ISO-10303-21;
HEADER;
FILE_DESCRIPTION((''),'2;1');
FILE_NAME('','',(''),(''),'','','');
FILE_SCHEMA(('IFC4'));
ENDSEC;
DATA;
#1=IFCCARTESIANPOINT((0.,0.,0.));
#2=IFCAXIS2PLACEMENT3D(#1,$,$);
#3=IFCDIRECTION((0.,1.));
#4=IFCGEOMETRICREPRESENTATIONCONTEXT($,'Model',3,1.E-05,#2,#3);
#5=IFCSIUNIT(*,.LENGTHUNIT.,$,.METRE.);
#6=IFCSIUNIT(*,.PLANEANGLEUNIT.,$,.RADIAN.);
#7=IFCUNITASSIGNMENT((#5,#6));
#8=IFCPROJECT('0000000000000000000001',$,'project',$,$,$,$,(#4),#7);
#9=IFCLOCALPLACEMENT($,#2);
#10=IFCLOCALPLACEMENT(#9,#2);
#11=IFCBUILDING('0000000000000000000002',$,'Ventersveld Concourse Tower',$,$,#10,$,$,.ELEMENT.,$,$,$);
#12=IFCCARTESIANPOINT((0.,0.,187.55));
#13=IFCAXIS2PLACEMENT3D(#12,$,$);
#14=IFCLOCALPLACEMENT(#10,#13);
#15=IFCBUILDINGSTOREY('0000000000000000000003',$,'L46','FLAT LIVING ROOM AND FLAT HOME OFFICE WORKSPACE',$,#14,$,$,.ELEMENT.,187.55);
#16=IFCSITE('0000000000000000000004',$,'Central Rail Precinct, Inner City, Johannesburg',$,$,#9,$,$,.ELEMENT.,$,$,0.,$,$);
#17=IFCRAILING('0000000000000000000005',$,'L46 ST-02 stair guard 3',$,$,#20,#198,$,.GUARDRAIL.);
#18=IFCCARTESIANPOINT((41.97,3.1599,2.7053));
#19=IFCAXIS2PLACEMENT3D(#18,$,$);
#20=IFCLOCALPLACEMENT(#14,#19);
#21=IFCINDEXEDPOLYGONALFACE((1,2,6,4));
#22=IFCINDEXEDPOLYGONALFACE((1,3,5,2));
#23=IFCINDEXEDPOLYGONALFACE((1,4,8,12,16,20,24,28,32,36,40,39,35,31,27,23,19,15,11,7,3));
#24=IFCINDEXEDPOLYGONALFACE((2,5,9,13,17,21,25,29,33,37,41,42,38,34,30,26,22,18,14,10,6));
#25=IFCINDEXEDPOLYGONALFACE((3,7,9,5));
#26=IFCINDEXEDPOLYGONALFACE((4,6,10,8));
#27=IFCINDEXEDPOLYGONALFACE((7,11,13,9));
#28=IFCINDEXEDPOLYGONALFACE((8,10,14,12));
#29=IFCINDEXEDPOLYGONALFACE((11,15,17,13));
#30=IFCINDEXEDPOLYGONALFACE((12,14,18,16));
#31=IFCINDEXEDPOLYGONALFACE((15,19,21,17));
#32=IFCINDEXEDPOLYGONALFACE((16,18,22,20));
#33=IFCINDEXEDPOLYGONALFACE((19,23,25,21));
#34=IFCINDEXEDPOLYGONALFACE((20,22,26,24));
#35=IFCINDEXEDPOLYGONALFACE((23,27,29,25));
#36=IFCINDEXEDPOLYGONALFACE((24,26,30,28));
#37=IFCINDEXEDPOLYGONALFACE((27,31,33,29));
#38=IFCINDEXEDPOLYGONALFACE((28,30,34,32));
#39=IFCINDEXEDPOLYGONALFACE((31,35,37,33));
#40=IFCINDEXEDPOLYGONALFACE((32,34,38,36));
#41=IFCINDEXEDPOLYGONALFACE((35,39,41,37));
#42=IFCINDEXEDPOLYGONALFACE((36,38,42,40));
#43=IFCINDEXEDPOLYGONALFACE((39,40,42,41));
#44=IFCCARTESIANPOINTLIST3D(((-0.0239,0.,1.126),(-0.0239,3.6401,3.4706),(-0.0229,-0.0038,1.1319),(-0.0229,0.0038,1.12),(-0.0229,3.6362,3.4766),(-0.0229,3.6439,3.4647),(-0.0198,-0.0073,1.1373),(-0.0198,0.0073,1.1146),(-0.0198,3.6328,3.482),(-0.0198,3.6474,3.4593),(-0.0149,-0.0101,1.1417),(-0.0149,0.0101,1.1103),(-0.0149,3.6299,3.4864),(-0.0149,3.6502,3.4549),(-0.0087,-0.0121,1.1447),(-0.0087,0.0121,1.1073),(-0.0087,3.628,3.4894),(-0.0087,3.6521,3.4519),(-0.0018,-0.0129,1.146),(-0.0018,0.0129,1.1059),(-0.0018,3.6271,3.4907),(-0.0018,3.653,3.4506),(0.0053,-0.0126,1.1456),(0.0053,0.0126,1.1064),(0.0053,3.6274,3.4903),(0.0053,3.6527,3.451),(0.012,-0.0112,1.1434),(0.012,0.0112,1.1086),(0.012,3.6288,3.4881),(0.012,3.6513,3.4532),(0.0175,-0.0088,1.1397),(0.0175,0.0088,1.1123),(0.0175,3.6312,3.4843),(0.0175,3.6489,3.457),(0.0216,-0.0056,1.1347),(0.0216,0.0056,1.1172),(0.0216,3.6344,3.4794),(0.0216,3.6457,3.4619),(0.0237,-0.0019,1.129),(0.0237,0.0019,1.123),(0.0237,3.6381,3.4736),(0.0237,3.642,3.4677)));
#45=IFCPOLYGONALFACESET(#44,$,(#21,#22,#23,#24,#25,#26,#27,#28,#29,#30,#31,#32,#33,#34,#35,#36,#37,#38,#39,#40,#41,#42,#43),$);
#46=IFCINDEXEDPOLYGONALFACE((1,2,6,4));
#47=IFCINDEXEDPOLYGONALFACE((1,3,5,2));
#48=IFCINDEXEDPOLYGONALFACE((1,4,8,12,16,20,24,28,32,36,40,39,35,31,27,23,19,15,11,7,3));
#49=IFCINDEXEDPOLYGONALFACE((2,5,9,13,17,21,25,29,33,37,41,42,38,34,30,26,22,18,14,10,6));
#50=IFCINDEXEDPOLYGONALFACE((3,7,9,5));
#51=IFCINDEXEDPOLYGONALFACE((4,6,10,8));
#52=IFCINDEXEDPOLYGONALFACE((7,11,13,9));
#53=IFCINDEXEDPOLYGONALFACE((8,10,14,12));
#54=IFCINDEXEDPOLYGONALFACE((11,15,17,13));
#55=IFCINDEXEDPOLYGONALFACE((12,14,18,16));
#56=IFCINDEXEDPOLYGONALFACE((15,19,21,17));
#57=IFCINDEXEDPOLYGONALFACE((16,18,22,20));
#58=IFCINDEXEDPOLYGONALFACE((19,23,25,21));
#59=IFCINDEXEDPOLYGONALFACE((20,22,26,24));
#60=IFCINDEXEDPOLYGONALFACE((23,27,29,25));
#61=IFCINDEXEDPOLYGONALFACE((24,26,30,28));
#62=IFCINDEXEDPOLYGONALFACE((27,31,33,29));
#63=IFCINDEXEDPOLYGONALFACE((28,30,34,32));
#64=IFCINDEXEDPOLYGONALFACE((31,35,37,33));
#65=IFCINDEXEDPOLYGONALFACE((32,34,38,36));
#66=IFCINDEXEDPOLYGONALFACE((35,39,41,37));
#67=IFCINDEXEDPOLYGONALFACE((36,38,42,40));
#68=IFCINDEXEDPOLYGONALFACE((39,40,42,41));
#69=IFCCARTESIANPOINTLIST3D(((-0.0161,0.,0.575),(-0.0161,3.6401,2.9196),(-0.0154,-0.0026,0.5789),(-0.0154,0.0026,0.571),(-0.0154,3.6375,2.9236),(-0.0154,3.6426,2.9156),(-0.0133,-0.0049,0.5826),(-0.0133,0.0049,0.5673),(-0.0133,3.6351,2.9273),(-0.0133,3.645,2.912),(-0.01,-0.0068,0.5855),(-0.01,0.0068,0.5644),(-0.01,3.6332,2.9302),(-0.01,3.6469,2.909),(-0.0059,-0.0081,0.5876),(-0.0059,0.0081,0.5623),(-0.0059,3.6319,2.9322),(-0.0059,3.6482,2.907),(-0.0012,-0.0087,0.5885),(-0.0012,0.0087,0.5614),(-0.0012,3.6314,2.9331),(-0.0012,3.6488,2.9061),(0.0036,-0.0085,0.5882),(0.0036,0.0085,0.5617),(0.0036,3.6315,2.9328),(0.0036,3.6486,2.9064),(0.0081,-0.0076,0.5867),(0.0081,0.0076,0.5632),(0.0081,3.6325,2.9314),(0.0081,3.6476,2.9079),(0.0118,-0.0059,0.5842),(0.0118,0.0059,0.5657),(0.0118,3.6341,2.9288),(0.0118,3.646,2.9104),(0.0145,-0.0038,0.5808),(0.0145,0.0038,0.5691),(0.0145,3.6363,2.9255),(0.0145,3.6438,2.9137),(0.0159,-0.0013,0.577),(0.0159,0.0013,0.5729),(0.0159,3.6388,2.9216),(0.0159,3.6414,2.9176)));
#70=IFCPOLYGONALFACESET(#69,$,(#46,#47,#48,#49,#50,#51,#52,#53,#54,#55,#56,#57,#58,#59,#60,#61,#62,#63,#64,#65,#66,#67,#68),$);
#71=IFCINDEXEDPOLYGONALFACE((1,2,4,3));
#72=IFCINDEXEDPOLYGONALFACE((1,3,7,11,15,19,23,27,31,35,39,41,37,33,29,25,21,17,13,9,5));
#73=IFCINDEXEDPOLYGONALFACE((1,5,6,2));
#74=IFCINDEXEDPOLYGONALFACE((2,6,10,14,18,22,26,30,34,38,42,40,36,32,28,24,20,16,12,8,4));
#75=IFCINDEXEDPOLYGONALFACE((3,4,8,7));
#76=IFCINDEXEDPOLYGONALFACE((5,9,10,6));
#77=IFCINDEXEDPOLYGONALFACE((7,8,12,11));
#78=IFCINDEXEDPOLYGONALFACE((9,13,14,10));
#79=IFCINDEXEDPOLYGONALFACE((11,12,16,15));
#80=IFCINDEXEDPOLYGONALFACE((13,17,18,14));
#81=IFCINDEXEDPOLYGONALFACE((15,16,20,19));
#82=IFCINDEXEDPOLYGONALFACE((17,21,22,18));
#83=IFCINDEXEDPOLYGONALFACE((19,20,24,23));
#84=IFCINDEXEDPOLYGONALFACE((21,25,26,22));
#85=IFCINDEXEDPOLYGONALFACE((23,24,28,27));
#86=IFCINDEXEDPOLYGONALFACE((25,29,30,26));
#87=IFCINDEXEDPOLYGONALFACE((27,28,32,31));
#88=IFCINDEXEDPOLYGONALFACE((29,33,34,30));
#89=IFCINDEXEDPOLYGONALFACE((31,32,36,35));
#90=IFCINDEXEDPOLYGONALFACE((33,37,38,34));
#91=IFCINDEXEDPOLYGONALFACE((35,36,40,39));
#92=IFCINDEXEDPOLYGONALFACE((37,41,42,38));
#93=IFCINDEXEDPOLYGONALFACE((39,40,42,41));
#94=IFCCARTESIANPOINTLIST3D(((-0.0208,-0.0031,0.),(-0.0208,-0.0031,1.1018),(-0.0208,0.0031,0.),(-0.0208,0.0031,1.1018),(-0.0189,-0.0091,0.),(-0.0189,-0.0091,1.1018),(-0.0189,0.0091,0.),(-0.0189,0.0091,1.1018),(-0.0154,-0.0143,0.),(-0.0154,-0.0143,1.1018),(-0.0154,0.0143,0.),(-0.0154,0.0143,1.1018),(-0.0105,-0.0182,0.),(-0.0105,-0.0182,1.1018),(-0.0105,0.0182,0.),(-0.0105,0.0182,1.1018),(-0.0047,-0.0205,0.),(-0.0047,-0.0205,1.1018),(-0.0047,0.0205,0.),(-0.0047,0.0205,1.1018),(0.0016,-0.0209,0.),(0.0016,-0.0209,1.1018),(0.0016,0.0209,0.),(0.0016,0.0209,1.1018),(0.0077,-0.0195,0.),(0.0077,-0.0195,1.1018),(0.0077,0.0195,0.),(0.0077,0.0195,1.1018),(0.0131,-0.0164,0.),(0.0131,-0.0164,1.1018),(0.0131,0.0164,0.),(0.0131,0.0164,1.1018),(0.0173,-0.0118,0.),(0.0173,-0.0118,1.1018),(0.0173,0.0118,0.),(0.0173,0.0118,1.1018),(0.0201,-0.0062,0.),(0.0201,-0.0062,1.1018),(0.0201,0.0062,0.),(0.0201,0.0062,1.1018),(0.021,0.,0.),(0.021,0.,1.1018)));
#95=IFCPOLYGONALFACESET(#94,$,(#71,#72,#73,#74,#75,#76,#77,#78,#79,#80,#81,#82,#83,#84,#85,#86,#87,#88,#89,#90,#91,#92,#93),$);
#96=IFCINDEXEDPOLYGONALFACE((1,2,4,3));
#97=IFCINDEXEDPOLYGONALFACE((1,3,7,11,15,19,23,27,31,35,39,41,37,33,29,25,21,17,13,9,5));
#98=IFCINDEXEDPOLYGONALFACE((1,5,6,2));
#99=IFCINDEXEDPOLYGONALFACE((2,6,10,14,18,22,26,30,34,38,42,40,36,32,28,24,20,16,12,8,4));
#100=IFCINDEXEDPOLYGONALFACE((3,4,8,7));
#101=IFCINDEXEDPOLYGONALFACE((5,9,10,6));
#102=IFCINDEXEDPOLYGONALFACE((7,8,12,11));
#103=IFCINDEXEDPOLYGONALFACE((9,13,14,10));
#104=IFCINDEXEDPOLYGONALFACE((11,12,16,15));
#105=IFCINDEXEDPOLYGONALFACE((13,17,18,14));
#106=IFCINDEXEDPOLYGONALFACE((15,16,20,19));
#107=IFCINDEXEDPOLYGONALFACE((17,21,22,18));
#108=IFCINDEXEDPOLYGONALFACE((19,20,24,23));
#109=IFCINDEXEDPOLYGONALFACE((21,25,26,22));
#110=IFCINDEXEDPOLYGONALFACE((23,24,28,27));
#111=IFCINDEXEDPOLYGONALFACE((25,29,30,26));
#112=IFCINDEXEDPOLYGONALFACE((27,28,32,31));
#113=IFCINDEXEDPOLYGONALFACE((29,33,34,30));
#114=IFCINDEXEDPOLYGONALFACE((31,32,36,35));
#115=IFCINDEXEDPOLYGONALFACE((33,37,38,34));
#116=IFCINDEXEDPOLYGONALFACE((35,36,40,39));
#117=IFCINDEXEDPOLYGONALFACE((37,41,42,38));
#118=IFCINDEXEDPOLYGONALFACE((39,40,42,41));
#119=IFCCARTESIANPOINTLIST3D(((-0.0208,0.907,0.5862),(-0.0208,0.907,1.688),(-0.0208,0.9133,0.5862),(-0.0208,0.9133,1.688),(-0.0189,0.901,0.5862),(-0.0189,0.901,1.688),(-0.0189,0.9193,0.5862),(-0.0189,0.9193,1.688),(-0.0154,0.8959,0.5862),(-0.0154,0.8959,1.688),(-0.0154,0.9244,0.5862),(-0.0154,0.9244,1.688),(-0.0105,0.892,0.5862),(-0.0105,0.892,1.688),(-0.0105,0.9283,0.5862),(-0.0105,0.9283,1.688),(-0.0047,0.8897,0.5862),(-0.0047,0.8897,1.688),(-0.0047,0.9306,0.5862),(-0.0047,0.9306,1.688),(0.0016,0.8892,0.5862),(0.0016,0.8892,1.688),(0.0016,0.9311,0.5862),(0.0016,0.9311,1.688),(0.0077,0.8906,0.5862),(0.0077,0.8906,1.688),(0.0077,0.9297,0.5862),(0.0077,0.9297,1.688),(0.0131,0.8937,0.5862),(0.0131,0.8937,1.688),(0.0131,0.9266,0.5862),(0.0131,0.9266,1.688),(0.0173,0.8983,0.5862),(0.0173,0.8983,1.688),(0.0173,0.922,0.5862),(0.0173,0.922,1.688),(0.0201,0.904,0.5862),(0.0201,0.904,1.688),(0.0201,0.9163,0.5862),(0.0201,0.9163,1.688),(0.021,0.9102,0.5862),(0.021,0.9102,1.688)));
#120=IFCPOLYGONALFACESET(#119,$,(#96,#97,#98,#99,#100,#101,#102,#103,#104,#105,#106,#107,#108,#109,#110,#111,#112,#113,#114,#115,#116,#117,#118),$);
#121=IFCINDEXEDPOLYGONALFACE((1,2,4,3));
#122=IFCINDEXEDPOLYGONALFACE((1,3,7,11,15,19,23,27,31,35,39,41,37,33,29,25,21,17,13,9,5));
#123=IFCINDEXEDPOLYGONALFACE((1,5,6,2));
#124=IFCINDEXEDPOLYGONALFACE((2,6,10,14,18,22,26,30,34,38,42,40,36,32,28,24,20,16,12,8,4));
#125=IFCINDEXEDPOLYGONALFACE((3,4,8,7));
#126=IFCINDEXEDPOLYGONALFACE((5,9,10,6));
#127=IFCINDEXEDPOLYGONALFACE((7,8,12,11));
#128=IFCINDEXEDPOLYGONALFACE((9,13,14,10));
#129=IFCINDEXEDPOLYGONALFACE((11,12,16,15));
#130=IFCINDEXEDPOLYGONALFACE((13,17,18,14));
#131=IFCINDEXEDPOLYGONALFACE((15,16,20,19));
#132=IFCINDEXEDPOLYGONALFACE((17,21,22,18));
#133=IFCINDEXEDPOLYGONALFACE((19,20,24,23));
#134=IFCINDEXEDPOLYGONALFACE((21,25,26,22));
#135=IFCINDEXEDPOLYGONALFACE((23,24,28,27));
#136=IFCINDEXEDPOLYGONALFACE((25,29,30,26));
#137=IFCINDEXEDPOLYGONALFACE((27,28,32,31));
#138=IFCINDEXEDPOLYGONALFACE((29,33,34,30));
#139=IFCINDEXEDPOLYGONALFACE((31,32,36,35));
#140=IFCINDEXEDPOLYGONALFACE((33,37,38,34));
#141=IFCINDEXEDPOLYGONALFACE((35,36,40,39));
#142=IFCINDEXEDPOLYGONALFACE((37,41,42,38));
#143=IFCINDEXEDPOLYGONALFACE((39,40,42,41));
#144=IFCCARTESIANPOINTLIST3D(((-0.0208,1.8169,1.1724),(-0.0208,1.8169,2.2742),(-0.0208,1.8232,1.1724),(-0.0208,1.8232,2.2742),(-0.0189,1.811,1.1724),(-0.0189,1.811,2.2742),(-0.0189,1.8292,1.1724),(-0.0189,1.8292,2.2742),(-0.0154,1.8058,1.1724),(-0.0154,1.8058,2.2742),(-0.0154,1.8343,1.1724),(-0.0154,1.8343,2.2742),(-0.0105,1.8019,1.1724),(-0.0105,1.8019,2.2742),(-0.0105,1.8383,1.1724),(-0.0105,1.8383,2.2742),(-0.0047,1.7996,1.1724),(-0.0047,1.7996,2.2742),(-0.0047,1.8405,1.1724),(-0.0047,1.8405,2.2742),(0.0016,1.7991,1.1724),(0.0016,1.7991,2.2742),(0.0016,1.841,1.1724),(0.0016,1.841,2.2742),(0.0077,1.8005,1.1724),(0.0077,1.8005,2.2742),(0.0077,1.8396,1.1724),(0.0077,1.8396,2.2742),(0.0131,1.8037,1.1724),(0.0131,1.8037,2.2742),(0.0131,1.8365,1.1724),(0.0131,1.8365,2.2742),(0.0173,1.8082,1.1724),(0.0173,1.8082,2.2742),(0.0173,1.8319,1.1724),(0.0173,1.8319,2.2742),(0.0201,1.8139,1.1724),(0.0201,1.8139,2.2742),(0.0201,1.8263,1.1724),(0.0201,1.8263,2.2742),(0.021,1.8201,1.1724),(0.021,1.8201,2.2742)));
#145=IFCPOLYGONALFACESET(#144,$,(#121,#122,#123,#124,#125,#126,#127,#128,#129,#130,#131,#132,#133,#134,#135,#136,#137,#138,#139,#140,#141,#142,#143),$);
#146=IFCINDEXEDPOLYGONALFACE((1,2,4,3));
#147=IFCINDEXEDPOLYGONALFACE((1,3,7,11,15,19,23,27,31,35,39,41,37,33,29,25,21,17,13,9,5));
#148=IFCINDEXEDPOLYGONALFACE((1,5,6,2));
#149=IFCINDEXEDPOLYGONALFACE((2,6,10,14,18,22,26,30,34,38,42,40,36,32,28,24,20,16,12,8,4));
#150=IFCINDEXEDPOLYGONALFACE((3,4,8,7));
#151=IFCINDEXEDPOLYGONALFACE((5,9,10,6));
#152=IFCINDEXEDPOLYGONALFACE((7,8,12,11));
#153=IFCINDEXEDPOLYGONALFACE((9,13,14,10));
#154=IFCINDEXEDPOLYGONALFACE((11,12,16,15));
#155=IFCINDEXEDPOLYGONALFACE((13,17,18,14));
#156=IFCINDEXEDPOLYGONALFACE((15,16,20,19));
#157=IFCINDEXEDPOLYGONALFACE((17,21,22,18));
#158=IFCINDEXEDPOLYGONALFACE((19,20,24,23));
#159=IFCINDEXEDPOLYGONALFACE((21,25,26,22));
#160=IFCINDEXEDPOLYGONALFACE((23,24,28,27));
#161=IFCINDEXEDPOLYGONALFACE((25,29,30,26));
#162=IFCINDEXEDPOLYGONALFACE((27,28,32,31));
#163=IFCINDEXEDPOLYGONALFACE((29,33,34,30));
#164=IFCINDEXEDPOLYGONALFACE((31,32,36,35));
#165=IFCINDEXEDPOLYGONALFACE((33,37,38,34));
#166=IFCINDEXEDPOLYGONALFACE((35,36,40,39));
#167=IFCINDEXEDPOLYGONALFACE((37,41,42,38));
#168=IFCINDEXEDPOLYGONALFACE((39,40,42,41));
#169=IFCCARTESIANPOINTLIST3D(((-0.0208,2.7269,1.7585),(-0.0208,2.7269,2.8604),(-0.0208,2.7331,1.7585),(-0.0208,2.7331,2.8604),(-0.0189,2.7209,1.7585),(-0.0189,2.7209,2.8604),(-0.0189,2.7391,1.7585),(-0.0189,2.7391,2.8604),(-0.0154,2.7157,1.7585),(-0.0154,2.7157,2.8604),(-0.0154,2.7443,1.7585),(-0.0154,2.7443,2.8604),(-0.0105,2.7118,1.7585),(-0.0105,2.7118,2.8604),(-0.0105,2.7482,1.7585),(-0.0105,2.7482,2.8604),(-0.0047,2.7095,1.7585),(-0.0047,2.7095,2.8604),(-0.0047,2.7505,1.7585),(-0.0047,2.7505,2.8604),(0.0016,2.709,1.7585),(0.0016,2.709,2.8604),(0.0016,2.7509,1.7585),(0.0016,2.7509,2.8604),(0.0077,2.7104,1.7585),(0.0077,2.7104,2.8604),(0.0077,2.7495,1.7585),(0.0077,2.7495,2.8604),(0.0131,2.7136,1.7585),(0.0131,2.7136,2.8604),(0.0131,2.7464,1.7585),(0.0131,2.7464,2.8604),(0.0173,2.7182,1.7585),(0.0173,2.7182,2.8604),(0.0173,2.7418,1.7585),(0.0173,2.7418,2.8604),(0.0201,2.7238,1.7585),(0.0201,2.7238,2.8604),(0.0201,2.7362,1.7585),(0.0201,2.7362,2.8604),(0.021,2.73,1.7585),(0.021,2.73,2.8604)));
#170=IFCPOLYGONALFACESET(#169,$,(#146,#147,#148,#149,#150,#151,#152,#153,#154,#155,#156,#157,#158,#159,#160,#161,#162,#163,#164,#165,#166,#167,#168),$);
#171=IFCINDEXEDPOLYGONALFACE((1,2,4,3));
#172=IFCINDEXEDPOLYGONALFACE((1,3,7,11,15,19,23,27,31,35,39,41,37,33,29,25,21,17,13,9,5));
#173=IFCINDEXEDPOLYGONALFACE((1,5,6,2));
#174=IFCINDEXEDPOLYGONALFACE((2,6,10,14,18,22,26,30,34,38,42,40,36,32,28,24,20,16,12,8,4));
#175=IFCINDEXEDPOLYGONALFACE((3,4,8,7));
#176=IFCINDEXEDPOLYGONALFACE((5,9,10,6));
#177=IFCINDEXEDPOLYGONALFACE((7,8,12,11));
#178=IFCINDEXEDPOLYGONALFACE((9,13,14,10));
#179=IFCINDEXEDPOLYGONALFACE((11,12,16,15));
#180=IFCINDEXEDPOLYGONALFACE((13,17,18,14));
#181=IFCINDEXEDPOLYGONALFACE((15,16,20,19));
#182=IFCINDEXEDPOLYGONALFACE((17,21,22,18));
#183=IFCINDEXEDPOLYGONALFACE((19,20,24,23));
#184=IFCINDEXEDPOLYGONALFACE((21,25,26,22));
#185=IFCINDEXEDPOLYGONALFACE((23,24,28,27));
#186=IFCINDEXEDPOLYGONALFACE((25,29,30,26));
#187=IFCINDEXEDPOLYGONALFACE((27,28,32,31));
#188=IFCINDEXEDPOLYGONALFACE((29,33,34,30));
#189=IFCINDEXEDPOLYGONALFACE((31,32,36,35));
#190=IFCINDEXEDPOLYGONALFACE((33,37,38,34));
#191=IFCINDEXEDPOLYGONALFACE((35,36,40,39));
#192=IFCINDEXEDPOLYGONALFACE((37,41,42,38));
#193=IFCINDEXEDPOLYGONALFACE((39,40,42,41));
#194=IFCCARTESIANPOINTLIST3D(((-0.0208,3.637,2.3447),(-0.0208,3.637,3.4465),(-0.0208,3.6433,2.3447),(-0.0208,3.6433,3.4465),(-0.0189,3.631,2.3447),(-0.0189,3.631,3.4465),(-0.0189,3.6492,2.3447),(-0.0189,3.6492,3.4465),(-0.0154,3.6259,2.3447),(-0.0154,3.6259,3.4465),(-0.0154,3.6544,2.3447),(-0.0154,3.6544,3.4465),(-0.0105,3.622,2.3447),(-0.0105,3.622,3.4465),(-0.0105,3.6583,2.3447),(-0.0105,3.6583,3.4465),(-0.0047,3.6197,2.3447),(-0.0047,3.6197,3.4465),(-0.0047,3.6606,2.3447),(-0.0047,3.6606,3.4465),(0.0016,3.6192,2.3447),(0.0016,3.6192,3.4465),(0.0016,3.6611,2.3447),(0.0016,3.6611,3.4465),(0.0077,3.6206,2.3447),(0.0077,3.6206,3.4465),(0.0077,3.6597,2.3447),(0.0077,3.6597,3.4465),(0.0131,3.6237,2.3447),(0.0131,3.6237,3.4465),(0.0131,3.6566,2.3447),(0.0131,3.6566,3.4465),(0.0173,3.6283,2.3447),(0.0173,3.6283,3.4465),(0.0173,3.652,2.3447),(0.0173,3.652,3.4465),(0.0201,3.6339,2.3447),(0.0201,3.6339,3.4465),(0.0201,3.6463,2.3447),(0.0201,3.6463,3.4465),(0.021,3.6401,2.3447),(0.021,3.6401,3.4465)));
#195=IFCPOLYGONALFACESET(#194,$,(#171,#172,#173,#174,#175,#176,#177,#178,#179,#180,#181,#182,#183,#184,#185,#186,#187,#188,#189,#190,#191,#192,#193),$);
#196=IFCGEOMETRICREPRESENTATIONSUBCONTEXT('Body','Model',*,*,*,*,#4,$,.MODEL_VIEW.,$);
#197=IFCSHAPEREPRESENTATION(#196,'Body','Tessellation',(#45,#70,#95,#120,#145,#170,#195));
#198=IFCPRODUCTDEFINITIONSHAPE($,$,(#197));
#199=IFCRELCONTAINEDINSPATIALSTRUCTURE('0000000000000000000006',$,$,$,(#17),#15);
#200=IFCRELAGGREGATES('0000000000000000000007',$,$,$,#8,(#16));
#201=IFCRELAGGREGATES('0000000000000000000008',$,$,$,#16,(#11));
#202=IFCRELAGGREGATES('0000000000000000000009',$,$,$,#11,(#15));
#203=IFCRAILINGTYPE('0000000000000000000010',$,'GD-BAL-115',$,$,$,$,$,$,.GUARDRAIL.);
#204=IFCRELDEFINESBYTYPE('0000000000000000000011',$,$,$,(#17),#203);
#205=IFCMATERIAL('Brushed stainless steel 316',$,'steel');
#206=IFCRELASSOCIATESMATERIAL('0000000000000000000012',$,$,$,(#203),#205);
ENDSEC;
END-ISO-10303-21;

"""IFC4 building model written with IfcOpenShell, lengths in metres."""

from ifc_helpers import new_model, si_unit, direction, frame, origin, origin_2d, place, context, subcontext, project, spatial, circle, extrude, material, type_object, element, save


model = new_model("IFC4")

# Units and contexts
model_context = context("Model", 3, precision=1e-05, world=origin(), true_north=direction((0.0, 1.0)))
body_context = subcontext(model_context, "Body", "Model", "MODEL_VIEW")
ifc_project = project(units=[si_unit("LENGTHUNIT", "METRE"), si_unit("PLANEANGLEUNIT", "RADIAN")], contexts=[model_context])

# Site, building, storey
site_placement = place(None, origin())
site = spatial("IfcSite", under=ifc_project, at=site_placement, Name="Central Rail Precinct, Inner City, Johannesburg", CompositionType="ELEMENT", RefElevation=0.0)
building_placement = place(site_placement, origin())
building = spatial("IfcBuilding", under=site, at=building_placement, Name="Ventersveld Concourse Tower", CompositionType="ELEMENT")
storey_placement = place(building_placement, frame((0.0, 0.0, 187.55)))
storey = spatial("IfcBuildingStorey", under=building, at=storey_placement, Name="L46", Description="FLAT LIVING ROOM AND FLAT HOME OFFICE WORKSPACE", CompositionType="ELEMENT", Elevation=187.55)

# Shared definitions
ifc_material_1 = material(Name="Brushed stainless steel 316", Category="steel")

# Railing
railing_type_1 = type_object("IfcRailingType", Name="GD-BAL-115", PredefinedType="GUARDRAIL", material=ifc_material_1)
railing_1_placement = place(storey_placement, frame((41.97, 3.1599, 2.7053)))
element("IfcRailing", 1, at=railing_1_placement, inside=storey, type_object=railing_type_1, Name="L46 ST-02 stair guard 3", PredefinedType="GUARDRAIL", context=body_context, shape_type="SweptSolid", body=[
    extrude(circle(Radius=0.0239, at=origin_2d()), frame((0.0, 0.0, 1.126), z_axis=(0.0, 0.840691, 0.541515), x_axis=(-1.0, 0.0, 0.0)), (0.0, 0.0, 1.0), 4.3298),
    extrude(circle(Radius=0.0161, at=origin_2d()), frame((0.0, 0.0, 0.575), z_axis=(0.0, 0.840691, 0.541515), x_axis=(-1.0, 0.0, 0.0)), (0.0, 0.0, 1.0), 4.3298),
    extrude(circle(Radius=0.021, at=origin_2d()), origin(), (0.0, 0.0, 1.0), 1.1018),
    extrude(circle(Radius=0.021, at=origin_2d()), frame((0.0, 0.9102, 0.5862)), (0.0, 0.0, 1.0), 1.1018),
    extrude(circle(Radius=0.021, at=origin_2d()), frame((0.0, 1.8201, 1.1724)), (0.0, 0.0, 1.0), 1.1018),
    extrude(circle(Radius=0.021, at=origin_2d()), frame((0.0, 2.73, 1.7585)), (0.0, 0.0, 1.0), 1.1018),
    extrude(circle(Radius=0.021, at=origin_2d()), frame((0.0, 3.6401, 2.3447)), (0.0, 0.0, 1.0), 1.1018),
])

save(model, "model.ifc")
